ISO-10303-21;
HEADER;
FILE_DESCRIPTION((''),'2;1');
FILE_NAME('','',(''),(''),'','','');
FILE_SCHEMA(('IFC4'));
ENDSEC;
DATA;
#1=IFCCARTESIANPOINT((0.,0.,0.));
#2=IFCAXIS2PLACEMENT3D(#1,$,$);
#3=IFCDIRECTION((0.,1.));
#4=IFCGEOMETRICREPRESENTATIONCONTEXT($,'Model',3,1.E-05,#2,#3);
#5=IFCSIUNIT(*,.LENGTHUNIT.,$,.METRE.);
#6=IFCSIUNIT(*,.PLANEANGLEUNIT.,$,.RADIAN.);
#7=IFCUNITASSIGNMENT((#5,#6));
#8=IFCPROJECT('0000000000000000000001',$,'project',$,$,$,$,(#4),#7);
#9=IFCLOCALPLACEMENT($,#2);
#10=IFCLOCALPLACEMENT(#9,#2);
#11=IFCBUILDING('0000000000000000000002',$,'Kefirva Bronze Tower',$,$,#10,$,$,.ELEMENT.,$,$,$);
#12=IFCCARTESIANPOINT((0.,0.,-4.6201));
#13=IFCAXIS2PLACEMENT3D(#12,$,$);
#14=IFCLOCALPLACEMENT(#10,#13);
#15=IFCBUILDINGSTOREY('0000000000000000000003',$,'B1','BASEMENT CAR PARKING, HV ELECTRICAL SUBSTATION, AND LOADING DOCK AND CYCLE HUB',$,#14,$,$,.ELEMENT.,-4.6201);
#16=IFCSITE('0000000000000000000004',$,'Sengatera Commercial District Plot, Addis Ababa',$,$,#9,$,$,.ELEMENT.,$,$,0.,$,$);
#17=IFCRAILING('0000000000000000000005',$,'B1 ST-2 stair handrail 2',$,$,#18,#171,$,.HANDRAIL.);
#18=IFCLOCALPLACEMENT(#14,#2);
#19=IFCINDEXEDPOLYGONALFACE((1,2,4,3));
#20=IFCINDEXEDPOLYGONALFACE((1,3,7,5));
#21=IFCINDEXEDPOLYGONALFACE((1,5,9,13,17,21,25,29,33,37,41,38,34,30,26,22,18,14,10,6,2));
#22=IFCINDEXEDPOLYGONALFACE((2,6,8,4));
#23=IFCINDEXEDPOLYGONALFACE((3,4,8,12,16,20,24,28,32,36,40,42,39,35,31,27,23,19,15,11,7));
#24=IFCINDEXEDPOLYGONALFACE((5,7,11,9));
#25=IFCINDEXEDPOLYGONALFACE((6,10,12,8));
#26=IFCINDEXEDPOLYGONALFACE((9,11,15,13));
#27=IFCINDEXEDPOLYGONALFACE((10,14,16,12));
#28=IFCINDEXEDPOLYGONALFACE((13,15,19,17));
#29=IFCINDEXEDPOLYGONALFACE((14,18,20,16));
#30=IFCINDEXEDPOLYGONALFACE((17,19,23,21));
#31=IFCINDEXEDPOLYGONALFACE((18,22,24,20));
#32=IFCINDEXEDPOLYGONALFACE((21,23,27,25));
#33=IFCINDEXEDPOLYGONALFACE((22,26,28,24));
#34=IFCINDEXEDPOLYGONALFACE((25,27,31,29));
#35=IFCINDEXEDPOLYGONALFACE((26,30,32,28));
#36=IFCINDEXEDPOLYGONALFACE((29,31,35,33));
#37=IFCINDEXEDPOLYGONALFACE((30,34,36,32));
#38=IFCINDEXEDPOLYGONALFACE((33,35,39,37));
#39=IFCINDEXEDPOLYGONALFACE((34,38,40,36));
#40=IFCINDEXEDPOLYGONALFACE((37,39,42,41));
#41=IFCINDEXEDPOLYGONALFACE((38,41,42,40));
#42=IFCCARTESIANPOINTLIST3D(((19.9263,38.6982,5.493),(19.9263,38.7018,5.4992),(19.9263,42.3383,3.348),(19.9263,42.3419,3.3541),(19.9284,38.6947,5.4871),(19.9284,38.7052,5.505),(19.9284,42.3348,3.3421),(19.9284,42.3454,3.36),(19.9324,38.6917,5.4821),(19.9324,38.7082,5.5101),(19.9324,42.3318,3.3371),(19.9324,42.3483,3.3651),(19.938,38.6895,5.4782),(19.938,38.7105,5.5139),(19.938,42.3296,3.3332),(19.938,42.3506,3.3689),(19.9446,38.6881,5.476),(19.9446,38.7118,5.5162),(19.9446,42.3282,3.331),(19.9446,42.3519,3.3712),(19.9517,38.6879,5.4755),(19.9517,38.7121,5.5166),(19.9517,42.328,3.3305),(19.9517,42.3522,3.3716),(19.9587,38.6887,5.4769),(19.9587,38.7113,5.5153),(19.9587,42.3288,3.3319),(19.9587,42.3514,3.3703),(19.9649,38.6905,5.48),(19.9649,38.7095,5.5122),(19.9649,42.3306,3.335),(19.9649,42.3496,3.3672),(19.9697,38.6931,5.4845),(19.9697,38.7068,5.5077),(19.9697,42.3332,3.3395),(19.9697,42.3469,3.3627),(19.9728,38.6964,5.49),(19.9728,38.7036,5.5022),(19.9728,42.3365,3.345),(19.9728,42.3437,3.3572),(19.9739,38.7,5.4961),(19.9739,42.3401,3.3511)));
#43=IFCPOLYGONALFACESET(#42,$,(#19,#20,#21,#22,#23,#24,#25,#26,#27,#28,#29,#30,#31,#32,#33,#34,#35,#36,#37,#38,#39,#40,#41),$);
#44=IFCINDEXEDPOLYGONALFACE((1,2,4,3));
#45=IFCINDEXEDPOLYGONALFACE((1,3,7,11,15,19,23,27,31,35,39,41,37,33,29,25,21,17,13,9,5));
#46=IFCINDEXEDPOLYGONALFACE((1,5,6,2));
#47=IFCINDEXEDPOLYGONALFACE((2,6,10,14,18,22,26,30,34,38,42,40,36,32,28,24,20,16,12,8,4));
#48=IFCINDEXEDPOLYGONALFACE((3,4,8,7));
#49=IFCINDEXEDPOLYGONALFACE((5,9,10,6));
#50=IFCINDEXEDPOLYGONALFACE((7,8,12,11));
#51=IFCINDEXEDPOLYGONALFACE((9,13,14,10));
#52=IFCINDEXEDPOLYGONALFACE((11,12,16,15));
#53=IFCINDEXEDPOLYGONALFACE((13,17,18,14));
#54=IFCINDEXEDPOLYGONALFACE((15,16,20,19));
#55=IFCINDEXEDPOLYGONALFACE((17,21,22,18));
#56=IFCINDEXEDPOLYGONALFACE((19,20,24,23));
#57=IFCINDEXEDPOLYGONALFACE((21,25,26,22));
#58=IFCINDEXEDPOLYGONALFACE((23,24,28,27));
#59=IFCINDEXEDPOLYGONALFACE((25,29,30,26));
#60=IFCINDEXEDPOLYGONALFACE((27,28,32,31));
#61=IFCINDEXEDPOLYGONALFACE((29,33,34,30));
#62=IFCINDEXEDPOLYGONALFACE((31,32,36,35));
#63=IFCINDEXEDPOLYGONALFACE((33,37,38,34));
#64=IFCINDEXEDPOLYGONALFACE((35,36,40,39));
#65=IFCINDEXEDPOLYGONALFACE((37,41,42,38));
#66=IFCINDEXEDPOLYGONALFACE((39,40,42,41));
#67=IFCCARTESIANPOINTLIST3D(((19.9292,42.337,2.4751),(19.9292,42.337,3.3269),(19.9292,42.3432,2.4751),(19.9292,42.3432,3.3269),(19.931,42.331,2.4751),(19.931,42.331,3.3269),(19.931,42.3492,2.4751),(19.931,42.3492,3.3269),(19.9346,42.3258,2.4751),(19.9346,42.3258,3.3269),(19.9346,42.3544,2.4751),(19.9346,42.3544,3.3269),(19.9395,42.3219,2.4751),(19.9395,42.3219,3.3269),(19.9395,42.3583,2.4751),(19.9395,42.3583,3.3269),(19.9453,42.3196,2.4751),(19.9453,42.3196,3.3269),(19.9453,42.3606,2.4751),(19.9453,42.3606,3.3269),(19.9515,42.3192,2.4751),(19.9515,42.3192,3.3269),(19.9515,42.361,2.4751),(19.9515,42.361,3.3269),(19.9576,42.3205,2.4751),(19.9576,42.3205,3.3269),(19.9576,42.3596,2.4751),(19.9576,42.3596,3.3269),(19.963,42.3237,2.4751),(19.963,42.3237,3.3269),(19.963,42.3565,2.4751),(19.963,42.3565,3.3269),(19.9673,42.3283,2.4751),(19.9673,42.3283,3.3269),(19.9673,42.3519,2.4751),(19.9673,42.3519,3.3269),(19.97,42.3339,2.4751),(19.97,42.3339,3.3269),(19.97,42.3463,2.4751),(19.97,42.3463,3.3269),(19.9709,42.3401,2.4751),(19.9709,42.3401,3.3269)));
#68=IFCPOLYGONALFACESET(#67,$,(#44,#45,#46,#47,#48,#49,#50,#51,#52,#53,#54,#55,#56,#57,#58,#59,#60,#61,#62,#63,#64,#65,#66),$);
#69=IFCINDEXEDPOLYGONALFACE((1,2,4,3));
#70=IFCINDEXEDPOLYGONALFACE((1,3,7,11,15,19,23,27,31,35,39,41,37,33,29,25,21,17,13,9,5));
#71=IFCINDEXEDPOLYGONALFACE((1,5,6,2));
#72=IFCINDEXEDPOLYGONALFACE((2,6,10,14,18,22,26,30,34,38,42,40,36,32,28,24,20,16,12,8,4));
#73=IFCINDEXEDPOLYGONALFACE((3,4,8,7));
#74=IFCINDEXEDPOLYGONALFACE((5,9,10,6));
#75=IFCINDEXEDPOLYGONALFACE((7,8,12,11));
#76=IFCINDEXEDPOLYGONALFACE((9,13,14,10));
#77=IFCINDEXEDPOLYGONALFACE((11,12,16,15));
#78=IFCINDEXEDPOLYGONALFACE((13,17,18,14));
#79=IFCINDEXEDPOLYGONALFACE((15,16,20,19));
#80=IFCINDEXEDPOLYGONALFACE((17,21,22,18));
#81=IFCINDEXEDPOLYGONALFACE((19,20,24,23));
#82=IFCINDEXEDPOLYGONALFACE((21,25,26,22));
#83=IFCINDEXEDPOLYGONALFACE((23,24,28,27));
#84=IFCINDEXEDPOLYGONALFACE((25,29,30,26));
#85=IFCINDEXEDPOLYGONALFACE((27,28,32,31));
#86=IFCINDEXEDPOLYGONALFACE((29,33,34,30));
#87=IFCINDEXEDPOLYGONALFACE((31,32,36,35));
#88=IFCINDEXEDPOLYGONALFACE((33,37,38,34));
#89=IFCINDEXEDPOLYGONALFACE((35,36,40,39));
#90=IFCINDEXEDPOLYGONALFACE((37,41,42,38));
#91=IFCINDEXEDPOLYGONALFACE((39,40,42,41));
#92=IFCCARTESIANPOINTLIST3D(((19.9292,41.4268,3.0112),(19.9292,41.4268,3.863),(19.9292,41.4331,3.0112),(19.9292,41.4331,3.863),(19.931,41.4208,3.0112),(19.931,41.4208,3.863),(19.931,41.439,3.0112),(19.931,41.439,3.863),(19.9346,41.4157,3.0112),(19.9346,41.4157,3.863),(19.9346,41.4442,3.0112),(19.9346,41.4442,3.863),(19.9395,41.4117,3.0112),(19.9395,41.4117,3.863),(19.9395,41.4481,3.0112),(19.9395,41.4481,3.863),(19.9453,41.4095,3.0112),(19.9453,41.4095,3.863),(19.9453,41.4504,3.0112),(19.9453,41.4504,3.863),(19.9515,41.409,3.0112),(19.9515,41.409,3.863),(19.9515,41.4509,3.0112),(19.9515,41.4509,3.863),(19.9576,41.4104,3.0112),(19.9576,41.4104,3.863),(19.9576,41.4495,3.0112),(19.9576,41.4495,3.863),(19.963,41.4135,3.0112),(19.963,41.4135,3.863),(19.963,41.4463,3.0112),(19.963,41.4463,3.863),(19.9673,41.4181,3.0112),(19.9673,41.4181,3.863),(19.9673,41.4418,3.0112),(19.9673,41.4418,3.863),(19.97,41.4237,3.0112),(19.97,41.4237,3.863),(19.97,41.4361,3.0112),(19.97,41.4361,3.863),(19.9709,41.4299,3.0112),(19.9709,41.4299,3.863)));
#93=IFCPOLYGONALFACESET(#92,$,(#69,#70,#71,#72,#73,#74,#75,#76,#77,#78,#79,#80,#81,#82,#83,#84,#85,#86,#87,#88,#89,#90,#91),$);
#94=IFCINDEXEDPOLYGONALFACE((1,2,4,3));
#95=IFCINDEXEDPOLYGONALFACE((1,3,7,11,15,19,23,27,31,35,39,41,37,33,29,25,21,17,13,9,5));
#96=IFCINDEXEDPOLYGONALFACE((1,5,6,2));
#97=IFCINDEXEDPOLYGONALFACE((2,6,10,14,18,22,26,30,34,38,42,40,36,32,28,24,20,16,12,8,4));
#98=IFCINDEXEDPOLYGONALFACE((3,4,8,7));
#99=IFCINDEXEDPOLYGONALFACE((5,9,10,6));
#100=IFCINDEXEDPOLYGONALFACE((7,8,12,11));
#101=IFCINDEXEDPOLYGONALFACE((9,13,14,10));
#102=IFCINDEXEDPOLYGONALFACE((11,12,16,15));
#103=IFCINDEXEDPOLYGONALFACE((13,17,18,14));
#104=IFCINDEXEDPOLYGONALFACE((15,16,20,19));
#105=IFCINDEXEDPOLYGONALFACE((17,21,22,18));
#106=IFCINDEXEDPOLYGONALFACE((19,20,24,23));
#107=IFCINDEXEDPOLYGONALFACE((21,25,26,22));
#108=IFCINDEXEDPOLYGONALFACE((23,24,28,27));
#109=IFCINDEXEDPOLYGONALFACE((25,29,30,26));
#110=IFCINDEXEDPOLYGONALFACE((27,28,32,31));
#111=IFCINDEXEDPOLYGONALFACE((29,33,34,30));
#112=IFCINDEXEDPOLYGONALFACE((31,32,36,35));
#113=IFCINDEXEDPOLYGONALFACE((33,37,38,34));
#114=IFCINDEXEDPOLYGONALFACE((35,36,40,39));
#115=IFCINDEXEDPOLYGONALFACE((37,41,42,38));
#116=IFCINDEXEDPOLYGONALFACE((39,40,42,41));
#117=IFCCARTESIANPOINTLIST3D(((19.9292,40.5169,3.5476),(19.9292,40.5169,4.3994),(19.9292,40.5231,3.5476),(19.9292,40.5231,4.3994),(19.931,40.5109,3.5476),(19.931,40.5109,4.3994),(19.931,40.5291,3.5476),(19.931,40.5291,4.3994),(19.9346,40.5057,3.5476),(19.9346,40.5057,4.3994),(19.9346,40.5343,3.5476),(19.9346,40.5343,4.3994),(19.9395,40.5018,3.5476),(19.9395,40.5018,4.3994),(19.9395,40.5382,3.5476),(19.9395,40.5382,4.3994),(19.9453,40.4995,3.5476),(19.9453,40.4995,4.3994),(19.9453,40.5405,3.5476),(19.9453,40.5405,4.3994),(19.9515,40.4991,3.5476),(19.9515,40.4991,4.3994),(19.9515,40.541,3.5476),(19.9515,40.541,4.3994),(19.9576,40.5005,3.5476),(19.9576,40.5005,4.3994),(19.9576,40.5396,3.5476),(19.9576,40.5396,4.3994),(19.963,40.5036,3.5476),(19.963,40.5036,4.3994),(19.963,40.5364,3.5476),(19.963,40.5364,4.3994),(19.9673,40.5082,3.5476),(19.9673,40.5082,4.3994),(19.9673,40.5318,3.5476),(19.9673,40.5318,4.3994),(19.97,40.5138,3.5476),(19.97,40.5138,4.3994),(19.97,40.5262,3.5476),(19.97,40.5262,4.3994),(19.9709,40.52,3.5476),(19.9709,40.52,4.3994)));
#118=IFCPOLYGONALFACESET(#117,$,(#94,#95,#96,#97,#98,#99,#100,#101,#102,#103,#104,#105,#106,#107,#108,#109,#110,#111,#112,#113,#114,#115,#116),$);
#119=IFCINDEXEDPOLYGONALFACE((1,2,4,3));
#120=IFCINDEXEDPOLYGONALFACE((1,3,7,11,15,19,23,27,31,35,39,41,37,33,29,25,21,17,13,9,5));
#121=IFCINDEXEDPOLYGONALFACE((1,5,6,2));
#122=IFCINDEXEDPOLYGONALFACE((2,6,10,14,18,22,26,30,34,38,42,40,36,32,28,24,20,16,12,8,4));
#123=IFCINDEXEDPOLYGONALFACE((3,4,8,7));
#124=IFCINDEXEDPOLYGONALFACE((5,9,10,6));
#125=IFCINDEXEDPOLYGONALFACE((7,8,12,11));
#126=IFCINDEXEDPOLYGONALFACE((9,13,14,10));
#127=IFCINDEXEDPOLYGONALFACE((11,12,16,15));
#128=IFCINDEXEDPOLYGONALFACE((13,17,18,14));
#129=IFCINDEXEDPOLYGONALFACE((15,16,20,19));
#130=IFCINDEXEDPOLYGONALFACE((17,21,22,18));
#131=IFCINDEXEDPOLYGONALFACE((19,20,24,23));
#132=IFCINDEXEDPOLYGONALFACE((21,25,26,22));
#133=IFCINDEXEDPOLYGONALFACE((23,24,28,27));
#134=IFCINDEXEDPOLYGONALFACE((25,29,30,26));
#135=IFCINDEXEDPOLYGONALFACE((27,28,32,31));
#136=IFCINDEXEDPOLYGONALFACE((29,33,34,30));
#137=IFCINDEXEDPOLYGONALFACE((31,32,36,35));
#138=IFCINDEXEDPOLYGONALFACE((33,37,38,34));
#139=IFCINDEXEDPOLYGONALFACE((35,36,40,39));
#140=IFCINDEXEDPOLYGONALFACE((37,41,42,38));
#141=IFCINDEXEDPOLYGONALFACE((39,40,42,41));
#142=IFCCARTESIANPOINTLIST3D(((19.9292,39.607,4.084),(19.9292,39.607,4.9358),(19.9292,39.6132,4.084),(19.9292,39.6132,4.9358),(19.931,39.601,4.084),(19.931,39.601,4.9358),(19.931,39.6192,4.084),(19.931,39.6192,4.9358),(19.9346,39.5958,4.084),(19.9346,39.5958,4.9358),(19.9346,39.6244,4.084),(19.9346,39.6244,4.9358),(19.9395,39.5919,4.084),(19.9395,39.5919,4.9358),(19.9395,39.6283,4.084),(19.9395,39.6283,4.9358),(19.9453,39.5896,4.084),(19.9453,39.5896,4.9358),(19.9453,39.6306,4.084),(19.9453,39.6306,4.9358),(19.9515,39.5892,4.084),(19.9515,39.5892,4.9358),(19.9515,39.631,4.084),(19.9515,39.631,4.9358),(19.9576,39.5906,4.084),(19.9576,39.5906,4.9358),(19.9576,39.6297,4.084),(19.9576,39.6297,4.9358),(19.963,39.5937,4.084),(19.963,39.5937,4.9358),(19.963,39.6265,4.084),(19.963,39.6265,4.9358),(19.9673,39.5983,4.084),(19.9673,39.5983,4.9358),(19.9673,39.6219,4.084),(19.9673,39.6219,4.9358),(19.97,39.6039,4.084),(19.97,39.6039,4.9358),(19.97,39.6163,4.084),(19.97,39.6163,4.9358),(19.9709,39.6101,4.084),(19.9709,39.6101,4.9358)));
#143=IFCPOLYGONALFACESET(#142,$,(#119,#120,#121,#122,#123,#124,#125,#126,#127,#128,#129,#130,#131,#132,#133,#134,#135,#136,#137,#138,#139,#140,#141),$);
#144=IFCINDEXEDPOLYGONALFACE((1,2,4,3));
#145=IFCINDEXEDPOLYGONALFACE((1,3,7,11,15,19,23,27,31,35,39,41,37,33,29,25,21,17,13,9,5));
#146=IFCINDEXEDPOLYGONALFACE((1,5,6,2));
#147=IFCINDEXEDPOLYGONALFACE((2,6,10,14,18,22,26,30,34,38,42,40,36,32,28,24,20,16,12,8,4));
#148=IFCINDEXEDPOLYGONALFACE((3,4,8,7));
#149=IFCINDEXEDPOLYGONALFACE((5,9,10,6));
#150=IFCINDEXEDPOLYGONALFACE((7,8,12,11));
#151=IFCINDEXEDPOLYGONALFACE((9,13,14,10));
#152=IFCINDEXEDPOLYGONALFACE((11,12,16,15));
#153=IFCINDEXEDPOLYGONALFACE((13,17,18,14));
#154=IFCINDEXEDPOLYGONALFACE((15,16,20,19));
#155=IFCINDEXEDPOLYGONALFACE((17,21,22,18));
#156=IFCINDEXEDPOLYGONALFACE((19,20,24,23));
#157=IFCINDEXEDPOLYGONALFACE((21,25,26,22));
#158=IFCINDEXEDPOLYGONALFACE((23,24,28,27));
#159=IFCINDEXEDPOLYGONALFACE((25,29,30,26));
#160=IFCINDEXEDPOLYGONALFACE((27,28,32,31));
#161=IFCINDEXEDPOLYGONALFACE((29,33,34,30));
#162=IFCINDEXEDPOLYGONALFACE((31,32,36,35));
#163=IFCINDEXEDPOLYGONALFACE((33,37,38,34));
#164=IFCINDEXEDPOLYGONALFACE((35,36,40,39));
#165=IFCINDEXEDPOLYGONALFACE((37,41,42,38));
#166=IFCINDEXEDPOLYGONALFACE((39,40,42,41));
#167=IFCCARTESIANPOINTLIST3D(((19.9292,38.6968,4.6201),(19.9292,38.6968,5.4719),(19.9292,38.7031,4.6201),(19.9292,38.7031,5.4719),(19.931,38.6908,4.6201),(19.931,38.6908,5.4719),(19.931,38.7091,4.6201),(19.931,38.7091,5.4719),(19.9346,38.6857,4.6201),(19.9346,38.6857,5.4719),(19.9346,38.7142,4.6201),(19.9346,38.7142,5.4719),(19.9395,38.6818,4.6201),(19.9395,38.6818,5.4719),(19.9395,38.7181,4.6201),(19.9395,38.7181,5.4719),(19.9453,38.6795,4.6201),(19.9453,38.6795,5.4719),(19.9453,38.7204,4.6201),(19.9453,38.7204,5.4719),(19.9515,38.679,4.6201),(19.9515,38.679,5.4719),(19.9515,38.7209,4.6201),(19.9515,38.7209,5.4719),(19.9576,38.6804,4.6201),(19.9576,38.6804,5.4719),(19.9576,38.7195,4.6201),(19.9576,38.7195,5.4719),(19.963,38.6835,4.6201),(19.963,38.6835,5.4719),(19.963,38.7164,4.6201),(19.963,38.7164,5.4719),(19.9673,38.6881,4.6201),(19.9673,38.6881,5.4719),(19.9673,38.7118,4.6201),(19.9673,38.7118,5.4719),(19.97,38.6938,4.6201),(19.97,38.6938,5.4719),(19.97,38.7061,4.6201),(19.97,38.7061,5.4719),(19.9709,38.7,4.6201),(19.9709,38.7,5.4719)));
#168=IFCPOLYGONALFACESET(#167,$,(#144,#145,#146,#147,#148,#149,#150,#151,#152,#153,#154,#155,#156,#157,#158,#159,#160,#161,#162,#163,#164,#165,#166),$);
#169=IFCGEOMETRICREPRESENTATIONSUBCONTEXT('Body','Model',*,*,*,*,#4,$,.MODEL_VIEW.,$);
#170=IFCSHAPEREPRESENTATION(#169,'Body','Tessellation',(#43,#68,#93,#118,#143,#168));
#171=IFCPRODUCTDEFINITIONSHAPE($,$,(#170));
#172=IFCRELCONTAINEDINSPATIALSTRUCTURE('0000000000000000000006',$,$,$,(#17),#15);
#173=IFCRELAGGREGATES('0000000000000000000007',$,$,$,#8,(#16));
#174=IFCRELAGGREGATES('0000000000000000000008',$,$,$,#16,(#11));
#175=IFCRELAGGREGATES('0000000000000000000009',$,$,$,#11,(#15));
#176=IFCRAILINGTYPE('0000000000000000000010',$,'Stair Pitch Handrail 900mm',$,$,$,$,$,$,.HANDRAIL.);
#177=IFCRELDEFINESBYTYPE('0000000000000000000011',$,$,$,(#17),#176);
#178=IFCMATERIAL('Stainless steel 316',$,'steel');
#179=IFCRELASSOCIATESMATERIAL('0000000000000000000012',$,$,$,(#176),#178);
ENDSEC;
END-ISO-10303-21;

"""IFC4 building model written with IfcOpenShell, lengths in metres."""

from ifc_helpers import new_model, si_unit, direction, frame, origin, origin_2d, place, context, subcontext, project, spatial, circle, extrude, material, type_object, element, save


model = new_model("IFC4")

# Units and contexts
model_context = context("Model", 3, precision=1e-05, world=origin(), true_north=direction((0.0, 1.0)))
body_context = subcontext(model_context, "Body", "Model", "MODEL_VIEW")
ifc_project = project(units=[si_unit("LENGTHUNIT", "METRE"), si_unit("PLANEANGLEUNIT", "RADIAN")], contexts=[model_context])

# Site, building, storey
site_placement = place(None, origin())
site = spatial("IfcSite", under=ifc_project, at=site_placement, Name="Sengatera Commercial District Plot, Addis Ababa", CompositionType="ELEMENT", RefElevation=0.0)
building_placement = place(site_placement, origin())
building = spatial("IfcBuilding", under=site, at=building_placement, Name="Kefirva Bronze Tower", CompositionType="ELEMENT")
storey_placement = place(building_placement, frame((0.0, 0.0, -4.6201)))
storey = spatial("IfcBuildingStorey", under=building, at=storey_placement, Name="B1", Description="BASEMENT CAR PARKING, HV ELECTRICAL SUBSTATION, AND LOADING DOCK AND CYCLE HUB", CompositionType="ELEMENT", Elevation=-4.6201)

# Railing
ifc_material_1 = material(Name="Stainless steel 316", Category="steel")
railing_type_1 = type_object("IfcRailingType", Name="Stair Pitch Handrail 900mm", PredefinedType="HANDRAIL", material=ifc_material_1)
railing_1_placement = place(storey_placement, frame((19.95, 42.3401, 2.4751)))
element("IfcRailing", 1, at=railing_1_placement, inside=storey, type_object=railing_type_1, Name="B1 ST-2 stair handrail 2", PredefinedType="HANDRAIL", context=body_context, shape_type="SweptSolid", body=[
    extrude(circle(Radius=0.0239, at=origin_2d()), frame((0.0, 0.0, 0.876), z_axis=(0.0, -0.861545, 0.507682), x_axis=(1.0, 0.0, 0.0)), (0.0, 0.0, 1.0), 4.2251),
    extrude(circle(Radius=0.021, at=origin_2d()), origin(), (0.0, 0.0, 1.0), 0.8518),
    extrude(circle(Radius=0.021, at=origin_2d()), frame((0.0, -0.9102, 0.5361)), (0.0, 0.0, 1.0), 0.8518),
    extrude(circle(Radius=0.021, at=origin_2d()), frame((0.0, -1.8201, 1.0725)), (0.0, 0.0, 1.0), 0.8518),
    extrude(circle(Radius=0.021, at=origin_2d()), frame((0.0, -2.73, 1.6089)), (0.0, 0.0, 1.0), 0.8518),
    extrude(circle(Radius=0.021, at=origin_2d()), frame((0.0, -3.6401, 2.145)), (0.0, 0.0, 1.0), 0.8518),
])

save(model, "model.ifc")
